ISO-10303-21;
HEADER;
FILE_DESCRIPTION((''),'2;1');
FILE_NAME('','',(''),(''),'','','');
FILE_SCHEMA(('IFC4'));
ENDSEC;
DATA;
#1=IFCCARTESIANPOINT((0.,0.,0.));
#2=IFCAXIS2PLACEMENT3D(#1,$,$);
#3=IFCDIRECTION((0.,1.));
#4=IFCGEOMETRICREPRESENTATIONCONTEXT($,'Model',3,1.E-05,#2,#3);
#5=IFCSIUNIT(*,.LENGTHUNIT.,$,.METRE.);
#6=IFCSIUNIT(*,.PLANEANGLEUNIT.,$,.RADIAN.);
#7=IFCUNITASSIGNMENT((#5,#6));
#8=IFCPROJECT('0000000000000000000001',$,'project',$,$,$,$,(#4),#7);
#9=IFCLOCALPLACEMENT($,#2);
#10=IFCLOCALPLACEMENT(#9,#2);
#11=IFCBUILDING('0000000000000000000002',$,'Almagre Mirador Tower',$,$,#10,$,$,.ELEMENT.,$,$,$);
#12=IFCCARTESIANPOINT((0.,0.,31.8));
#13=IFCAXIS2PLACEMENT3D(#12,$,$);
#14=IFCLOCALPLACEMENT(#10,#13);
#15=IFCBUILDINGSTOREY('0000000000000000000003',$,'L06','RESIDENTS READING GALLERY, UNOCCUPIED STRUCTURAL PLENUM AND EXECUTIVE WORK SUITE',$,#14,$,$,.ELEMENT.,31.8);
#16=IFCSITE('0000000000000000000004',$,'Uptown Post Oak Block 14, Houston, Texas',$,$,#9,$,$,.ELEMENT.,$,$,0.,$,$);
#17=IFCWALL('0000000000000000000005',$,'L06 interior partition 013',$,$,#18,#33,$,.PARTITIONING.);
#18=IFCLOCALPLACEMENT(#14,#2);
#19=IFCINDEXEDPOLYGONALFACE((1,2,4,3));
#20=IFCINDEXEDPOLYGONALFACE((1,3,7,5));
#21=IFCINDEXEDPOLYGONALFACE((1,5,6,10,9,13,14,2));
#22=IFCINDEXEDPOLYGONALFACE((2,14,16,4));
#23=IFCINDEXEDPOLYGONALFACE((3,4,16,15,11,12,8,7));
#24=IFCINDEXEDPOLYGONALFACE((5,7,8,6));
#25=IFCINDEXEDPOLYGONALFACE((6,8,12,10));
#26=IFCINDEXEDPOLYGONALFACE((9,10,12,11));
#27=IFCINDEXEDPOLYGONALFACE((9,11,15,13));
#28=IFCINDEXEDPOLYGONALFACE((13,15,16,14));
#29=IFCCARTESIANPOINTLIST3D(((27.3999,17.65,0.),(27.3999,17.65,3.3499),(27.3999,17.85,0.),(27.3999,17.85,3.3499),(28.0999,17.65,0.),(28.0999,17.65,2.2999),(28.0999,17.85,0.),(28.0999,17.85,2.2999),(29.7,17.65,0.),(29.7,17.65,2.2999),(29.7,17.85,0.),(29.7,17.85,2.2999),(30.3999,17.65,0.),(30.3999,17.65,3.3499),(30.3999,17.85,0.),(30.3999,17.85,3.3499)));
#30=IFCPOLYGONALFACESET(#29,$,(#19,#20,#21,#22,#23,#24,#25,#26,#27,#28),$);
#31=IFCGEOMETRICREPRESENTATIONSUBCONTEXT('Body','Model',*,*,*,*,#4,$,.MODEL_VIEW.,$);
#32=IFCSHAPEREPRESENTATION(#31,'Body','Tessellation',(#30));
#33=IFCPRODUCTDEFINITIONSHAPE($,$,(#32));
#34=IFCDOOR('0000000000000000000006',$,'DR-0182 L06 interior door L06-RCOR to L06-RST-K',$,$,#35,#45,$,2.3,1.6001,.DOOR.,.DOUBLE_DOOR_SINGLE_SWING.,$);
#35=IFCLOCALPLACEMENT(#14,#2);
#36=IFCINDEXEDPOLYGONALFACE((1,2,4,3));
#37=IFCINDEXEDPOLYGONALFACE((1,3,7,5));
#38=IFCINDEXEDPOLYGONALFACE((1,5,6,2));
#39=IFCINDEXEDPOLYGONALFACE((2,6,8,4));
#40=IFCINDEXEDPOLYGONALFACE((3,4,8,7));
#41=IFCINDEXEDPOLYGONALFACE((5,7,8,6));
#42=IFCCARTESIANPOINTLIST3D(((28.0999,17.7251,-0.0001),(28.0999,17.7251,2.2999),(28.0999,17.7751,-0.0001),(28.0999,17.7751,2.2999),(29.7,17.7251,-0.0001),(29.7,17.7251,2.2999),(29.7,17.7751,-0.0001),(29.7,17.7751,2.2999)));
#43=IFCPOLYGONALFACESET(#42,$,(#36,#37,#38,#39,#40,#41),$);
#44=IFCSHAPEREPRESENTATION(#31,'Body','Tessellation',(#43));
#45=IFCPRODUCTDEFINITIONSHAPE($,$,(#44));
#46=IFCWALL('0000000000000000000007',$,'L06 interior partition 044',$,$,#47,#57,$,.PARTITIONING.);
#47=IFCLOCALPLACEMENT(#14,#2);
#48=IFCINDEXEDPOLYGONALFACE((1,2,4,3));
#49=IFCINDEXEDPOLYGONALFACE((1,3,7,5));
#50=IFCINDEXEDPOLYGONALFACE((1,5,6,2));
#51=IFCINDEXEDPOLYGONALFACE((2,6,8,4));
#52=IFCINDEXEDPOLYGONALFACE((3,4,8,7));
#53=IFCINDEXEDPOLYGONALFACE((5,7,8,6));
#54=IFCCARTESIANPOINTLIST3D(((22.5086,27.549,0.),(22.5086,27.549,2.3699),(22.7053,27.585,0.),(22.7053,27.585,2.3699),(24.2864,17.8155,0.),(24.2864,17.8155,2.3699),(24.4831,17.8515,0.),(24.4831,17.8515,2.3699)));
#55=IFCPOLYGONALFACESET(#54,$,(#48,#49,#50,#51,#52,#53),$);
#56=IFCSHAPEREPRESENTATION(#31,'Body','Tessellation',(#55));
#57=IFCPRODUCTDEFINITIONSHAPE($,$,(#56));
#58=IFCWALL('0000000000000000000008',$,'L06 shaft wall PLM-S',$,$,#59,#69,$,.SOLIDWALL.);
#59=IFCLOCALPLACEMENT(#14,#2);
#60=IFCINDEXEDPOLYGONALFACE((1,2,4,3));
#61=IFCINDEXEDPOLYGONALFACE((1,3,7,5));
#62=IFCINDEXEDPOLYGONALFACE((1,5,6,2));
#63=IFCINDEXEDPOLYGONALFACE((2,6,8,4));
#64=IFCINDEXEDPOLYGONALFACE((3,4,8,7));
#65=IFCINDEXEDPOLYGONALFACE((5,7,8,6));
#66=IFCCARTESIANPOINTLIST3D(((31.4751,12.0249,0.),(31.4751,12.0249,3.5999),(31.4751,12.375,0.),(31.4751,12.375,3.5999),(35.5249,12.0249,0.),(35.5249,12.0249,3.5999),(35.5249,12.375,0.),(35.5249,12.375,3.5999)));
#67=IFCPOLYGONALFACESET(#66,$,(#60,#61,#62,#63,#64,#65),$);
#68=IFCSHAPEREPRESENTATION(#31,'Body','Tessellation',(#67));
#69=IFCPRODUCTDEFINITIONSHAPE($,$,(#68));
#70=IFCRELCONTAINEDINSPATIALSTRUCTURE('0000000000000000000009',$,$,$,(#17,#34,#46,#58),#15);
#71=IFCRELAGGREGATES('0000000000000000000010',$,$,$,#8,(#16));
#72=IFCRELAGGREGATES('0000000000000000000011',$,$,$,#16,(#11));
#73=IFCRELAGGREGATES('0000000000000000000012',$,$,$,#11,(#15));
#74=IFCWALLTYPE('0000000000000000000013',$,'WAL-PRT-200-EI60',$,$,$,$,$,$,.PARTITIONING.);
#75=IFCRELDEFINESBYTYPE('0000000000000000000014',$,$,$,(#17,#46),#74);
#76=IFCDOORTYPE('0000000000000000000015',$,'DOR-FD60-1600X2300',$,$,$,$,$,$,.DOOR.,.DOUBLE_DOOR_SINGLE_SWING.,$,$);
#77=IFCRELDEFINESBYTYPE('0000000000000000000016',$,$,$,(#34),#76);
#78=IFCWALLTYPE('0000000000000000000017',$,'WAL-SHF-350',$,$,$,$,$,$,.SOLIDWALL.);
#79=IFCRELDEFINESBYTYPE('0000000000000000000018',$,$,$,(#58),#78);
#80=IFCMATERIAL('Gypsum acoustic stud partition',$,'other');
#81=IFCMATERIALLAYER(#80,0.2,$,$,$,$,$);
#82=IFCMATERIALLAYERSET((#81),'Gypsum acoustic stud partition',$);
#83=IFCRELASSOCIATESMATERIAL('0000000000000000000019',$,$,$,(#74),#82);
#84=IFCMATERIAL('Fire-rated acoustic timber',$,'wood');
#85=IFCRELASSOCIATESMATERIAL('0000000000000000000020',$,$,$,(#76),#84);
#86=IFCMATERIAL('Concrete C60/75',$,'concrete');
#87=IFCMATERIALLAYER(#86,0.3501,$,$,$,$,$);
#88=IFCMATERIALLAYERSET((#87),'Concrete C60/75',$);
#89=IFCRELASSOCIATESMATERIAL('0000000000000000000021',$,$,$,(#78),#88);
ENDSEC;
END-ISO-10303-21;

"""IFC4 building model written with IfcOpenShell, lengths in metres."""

from ifc_helpers import new_model, si_unit, direction, frame, frame_2d, origin, place, context, subcontext, project, spatial, rectangle, extrude, material, layer, layer_set, type_object, element, fill, save


model = new_model("IFC4")

# Units and contexts
model_context = context("Model", 3, precision=1e-05, world=origin(), true_north=direction((0.0, 1.0)))
body_context = subcontext(model_context, "Body", "Model", "MODEL_VIEW")
ifc_project = project(units=[si_unit("LENGTHUNIT", "METRE"), si_unit("PLANEANGLEUNIT", "RADIAN")], contexts=[model_context])

# Site, building, storey
site_placement = place(None, origin())
site = spatial("IfcSite", under=ifc_project, at=site_placement, Name="Uptown Post Oak Block 14, Houston, Texas", CompositionType="ELEMENT", RefElevation=0.0)
building_placement = place(site_placement, origin())
building = spatial("IfcBuilding", under=site, at=building_placement, Name="Almagre Mirador Tower", CompositionType="ELEMENT")
storey_placement = place(building_placement, frame((0.0, 0.0, 31.8)))
storey = spatial("IfcBuildingStorey", under=building, at=storey_placement, Name="L06", Description="RESIDENTS READING GALLERY, UNOCCUPIED STRUCTURAL PLENUM AND EXECUTIVE WORK SUITE", CompositionType="ELEMENT", Elevation=31.8)

# Shared definitions
ifc_material_1 = material(Name="Gypsum acoustic stud partition", Category="other")
ifc_layer_1 = layer(ifc_material_1, 0.2)
ifc_layer_set_1 = layer_set([ifc_layer_1], Name="Gypsum acoustic stud partition")
wall_type_1 = type_object("IfcWallType", Name="WAL-PRT-200-EI60", PredefinedType="PARTITIONING", material=ifc_layer_set_1)

# Wall, opening, door
ifc_material_2 = material(Name="Fire-rated acoustic timber", Category="wood")
door_type_1 = type_object("IfcDoorType", Name="DOR-FD60-1600X2300", OperationType="DOUBLE_DOOR_SINGLE_SWING", PredefinedType="DOOR", material=ifc_material_2)
wall_1_placement = place(storey_placement, frame((30.3999, 17.75, 0.0), z_axis=(0.0, 0.0, 1.0), x_axis=(-1.0, 0.0, 0.0)))
wall_1 = element("IfcWall", 1, at=wall_1_placement, inside=storey, type_object=wall_type_1, Name="L06 interior partition 013", PredefinedType="PARTITIONING", context=body_context, shape_type="SweptSolid", body=[
    extrude(rectangle(XDim=3.0, YDim=0.2, at=frame_2d((1.5, 0.0))), origin(), (0.0, 0.0, 1.0), 3.3499),
])
opening_1_placement = place(wall_1_placement, frame((0.7, 0.0, 0.0)))
opening_1 = element("IfcOpeningElement", 2, at=opening_1_placement, cuts=wall_1, PredefinedType="OPENING", context=body_context, shape_type="SweptSolid", body=[
    extrude(rectangle(XDim=1.6001, YDim=2.3, at=frame_2d((0.8, 1.1499))), frame((0.0, 0.1101, 0.0), z_axis=(0.0, -1.0, 0.0), x_axis=(1.0, 0.0, 0.0)), (0.0, 0.0, 1.0), 0.22),
])
door_1_placement = place(opening_1_placement, origin())
door_1 = element("IfcDoor", 3, at=door_1_placement, inside=storey, type_object=door_type_1, Name="DR-0182 L06 interior door L06-RCOR to L06-RST-K", OperationType="DOUBLE_DOOR_SINGLE_SWING", OverallHeight=2.3, OverallWidth=1.6001, PredefinedType="DOOR", context=body_context, shape_type="SweptSolid", body=[
    extrude(rectangle(XDim=1.6001, YDim=2.3, at=frame_2d((0.8, 1.1499))), frame((0.0, 0.0249, 0.0), z_axis=(0.0, -1.0, 0.0), x_axis=(1.0, 0.0, 0.0)), (0.0, 0.0, 1.0), 0.05),
])
fill(opening_1, door_1)

# Walls
wall_2_placement = place(storey_placement, frame((24.3848, 17.8335, 0.0), z_axis=(0.0, 0.0, 1.0), x_axis=(-0.17968, 0.983725, 0.0)))
element("IfcWall", 4, at=wall_2_placement, inside=storey, type_object=wall_type_1, Name="L06 interior partition 044", PredefinedType="PARTITIONING", context=body_context, shape_type="SweptSolid", body=[
    extrude(rectangle(XDim=9.8945, YDim=0.2, at=frame_2d((4.9473, 0.0))), origin(), (0.0, 0.0, 1.0), 2.3699),
])
ifc_material_3 = material(Name="Concrete C60/75", Category="concrete")
ifc_layer_2 = layer(ifc_material_3, 0.3501)
ifc_layer_set_2 = layer_set([ifc_layer_2], Name="Concrete C60/75")
wall_type_2 = type_object("IfcWallType", Name="WAL-SHF-350", PredefinedType="SOLIDWALL", material=ifc_layer_set_2)
wall_3_placement = place(storey_placement, frame((31.4751, 12.2, 0.0), z_axis=(0.0, 0.0, 1.0), x_axis=(1.0, 0.0, 0.0)))
element("IfcWall", 5, at=wall_3_placement, inside=storey, type_object=wall_type_2, Name="L06 shaft wall PLM-S", PredefinedType="SOLIDWALL", context=body_context, shape_type="SweptSolid", body=[
    extrude(rectangle(XDim=4.0498, YDim=0.3501, at=frame_2d((2.0249, 0.0))), origin(), (0.0, 0.0, 1.0), 3.5999),
])

save(model, "model.ifc")
